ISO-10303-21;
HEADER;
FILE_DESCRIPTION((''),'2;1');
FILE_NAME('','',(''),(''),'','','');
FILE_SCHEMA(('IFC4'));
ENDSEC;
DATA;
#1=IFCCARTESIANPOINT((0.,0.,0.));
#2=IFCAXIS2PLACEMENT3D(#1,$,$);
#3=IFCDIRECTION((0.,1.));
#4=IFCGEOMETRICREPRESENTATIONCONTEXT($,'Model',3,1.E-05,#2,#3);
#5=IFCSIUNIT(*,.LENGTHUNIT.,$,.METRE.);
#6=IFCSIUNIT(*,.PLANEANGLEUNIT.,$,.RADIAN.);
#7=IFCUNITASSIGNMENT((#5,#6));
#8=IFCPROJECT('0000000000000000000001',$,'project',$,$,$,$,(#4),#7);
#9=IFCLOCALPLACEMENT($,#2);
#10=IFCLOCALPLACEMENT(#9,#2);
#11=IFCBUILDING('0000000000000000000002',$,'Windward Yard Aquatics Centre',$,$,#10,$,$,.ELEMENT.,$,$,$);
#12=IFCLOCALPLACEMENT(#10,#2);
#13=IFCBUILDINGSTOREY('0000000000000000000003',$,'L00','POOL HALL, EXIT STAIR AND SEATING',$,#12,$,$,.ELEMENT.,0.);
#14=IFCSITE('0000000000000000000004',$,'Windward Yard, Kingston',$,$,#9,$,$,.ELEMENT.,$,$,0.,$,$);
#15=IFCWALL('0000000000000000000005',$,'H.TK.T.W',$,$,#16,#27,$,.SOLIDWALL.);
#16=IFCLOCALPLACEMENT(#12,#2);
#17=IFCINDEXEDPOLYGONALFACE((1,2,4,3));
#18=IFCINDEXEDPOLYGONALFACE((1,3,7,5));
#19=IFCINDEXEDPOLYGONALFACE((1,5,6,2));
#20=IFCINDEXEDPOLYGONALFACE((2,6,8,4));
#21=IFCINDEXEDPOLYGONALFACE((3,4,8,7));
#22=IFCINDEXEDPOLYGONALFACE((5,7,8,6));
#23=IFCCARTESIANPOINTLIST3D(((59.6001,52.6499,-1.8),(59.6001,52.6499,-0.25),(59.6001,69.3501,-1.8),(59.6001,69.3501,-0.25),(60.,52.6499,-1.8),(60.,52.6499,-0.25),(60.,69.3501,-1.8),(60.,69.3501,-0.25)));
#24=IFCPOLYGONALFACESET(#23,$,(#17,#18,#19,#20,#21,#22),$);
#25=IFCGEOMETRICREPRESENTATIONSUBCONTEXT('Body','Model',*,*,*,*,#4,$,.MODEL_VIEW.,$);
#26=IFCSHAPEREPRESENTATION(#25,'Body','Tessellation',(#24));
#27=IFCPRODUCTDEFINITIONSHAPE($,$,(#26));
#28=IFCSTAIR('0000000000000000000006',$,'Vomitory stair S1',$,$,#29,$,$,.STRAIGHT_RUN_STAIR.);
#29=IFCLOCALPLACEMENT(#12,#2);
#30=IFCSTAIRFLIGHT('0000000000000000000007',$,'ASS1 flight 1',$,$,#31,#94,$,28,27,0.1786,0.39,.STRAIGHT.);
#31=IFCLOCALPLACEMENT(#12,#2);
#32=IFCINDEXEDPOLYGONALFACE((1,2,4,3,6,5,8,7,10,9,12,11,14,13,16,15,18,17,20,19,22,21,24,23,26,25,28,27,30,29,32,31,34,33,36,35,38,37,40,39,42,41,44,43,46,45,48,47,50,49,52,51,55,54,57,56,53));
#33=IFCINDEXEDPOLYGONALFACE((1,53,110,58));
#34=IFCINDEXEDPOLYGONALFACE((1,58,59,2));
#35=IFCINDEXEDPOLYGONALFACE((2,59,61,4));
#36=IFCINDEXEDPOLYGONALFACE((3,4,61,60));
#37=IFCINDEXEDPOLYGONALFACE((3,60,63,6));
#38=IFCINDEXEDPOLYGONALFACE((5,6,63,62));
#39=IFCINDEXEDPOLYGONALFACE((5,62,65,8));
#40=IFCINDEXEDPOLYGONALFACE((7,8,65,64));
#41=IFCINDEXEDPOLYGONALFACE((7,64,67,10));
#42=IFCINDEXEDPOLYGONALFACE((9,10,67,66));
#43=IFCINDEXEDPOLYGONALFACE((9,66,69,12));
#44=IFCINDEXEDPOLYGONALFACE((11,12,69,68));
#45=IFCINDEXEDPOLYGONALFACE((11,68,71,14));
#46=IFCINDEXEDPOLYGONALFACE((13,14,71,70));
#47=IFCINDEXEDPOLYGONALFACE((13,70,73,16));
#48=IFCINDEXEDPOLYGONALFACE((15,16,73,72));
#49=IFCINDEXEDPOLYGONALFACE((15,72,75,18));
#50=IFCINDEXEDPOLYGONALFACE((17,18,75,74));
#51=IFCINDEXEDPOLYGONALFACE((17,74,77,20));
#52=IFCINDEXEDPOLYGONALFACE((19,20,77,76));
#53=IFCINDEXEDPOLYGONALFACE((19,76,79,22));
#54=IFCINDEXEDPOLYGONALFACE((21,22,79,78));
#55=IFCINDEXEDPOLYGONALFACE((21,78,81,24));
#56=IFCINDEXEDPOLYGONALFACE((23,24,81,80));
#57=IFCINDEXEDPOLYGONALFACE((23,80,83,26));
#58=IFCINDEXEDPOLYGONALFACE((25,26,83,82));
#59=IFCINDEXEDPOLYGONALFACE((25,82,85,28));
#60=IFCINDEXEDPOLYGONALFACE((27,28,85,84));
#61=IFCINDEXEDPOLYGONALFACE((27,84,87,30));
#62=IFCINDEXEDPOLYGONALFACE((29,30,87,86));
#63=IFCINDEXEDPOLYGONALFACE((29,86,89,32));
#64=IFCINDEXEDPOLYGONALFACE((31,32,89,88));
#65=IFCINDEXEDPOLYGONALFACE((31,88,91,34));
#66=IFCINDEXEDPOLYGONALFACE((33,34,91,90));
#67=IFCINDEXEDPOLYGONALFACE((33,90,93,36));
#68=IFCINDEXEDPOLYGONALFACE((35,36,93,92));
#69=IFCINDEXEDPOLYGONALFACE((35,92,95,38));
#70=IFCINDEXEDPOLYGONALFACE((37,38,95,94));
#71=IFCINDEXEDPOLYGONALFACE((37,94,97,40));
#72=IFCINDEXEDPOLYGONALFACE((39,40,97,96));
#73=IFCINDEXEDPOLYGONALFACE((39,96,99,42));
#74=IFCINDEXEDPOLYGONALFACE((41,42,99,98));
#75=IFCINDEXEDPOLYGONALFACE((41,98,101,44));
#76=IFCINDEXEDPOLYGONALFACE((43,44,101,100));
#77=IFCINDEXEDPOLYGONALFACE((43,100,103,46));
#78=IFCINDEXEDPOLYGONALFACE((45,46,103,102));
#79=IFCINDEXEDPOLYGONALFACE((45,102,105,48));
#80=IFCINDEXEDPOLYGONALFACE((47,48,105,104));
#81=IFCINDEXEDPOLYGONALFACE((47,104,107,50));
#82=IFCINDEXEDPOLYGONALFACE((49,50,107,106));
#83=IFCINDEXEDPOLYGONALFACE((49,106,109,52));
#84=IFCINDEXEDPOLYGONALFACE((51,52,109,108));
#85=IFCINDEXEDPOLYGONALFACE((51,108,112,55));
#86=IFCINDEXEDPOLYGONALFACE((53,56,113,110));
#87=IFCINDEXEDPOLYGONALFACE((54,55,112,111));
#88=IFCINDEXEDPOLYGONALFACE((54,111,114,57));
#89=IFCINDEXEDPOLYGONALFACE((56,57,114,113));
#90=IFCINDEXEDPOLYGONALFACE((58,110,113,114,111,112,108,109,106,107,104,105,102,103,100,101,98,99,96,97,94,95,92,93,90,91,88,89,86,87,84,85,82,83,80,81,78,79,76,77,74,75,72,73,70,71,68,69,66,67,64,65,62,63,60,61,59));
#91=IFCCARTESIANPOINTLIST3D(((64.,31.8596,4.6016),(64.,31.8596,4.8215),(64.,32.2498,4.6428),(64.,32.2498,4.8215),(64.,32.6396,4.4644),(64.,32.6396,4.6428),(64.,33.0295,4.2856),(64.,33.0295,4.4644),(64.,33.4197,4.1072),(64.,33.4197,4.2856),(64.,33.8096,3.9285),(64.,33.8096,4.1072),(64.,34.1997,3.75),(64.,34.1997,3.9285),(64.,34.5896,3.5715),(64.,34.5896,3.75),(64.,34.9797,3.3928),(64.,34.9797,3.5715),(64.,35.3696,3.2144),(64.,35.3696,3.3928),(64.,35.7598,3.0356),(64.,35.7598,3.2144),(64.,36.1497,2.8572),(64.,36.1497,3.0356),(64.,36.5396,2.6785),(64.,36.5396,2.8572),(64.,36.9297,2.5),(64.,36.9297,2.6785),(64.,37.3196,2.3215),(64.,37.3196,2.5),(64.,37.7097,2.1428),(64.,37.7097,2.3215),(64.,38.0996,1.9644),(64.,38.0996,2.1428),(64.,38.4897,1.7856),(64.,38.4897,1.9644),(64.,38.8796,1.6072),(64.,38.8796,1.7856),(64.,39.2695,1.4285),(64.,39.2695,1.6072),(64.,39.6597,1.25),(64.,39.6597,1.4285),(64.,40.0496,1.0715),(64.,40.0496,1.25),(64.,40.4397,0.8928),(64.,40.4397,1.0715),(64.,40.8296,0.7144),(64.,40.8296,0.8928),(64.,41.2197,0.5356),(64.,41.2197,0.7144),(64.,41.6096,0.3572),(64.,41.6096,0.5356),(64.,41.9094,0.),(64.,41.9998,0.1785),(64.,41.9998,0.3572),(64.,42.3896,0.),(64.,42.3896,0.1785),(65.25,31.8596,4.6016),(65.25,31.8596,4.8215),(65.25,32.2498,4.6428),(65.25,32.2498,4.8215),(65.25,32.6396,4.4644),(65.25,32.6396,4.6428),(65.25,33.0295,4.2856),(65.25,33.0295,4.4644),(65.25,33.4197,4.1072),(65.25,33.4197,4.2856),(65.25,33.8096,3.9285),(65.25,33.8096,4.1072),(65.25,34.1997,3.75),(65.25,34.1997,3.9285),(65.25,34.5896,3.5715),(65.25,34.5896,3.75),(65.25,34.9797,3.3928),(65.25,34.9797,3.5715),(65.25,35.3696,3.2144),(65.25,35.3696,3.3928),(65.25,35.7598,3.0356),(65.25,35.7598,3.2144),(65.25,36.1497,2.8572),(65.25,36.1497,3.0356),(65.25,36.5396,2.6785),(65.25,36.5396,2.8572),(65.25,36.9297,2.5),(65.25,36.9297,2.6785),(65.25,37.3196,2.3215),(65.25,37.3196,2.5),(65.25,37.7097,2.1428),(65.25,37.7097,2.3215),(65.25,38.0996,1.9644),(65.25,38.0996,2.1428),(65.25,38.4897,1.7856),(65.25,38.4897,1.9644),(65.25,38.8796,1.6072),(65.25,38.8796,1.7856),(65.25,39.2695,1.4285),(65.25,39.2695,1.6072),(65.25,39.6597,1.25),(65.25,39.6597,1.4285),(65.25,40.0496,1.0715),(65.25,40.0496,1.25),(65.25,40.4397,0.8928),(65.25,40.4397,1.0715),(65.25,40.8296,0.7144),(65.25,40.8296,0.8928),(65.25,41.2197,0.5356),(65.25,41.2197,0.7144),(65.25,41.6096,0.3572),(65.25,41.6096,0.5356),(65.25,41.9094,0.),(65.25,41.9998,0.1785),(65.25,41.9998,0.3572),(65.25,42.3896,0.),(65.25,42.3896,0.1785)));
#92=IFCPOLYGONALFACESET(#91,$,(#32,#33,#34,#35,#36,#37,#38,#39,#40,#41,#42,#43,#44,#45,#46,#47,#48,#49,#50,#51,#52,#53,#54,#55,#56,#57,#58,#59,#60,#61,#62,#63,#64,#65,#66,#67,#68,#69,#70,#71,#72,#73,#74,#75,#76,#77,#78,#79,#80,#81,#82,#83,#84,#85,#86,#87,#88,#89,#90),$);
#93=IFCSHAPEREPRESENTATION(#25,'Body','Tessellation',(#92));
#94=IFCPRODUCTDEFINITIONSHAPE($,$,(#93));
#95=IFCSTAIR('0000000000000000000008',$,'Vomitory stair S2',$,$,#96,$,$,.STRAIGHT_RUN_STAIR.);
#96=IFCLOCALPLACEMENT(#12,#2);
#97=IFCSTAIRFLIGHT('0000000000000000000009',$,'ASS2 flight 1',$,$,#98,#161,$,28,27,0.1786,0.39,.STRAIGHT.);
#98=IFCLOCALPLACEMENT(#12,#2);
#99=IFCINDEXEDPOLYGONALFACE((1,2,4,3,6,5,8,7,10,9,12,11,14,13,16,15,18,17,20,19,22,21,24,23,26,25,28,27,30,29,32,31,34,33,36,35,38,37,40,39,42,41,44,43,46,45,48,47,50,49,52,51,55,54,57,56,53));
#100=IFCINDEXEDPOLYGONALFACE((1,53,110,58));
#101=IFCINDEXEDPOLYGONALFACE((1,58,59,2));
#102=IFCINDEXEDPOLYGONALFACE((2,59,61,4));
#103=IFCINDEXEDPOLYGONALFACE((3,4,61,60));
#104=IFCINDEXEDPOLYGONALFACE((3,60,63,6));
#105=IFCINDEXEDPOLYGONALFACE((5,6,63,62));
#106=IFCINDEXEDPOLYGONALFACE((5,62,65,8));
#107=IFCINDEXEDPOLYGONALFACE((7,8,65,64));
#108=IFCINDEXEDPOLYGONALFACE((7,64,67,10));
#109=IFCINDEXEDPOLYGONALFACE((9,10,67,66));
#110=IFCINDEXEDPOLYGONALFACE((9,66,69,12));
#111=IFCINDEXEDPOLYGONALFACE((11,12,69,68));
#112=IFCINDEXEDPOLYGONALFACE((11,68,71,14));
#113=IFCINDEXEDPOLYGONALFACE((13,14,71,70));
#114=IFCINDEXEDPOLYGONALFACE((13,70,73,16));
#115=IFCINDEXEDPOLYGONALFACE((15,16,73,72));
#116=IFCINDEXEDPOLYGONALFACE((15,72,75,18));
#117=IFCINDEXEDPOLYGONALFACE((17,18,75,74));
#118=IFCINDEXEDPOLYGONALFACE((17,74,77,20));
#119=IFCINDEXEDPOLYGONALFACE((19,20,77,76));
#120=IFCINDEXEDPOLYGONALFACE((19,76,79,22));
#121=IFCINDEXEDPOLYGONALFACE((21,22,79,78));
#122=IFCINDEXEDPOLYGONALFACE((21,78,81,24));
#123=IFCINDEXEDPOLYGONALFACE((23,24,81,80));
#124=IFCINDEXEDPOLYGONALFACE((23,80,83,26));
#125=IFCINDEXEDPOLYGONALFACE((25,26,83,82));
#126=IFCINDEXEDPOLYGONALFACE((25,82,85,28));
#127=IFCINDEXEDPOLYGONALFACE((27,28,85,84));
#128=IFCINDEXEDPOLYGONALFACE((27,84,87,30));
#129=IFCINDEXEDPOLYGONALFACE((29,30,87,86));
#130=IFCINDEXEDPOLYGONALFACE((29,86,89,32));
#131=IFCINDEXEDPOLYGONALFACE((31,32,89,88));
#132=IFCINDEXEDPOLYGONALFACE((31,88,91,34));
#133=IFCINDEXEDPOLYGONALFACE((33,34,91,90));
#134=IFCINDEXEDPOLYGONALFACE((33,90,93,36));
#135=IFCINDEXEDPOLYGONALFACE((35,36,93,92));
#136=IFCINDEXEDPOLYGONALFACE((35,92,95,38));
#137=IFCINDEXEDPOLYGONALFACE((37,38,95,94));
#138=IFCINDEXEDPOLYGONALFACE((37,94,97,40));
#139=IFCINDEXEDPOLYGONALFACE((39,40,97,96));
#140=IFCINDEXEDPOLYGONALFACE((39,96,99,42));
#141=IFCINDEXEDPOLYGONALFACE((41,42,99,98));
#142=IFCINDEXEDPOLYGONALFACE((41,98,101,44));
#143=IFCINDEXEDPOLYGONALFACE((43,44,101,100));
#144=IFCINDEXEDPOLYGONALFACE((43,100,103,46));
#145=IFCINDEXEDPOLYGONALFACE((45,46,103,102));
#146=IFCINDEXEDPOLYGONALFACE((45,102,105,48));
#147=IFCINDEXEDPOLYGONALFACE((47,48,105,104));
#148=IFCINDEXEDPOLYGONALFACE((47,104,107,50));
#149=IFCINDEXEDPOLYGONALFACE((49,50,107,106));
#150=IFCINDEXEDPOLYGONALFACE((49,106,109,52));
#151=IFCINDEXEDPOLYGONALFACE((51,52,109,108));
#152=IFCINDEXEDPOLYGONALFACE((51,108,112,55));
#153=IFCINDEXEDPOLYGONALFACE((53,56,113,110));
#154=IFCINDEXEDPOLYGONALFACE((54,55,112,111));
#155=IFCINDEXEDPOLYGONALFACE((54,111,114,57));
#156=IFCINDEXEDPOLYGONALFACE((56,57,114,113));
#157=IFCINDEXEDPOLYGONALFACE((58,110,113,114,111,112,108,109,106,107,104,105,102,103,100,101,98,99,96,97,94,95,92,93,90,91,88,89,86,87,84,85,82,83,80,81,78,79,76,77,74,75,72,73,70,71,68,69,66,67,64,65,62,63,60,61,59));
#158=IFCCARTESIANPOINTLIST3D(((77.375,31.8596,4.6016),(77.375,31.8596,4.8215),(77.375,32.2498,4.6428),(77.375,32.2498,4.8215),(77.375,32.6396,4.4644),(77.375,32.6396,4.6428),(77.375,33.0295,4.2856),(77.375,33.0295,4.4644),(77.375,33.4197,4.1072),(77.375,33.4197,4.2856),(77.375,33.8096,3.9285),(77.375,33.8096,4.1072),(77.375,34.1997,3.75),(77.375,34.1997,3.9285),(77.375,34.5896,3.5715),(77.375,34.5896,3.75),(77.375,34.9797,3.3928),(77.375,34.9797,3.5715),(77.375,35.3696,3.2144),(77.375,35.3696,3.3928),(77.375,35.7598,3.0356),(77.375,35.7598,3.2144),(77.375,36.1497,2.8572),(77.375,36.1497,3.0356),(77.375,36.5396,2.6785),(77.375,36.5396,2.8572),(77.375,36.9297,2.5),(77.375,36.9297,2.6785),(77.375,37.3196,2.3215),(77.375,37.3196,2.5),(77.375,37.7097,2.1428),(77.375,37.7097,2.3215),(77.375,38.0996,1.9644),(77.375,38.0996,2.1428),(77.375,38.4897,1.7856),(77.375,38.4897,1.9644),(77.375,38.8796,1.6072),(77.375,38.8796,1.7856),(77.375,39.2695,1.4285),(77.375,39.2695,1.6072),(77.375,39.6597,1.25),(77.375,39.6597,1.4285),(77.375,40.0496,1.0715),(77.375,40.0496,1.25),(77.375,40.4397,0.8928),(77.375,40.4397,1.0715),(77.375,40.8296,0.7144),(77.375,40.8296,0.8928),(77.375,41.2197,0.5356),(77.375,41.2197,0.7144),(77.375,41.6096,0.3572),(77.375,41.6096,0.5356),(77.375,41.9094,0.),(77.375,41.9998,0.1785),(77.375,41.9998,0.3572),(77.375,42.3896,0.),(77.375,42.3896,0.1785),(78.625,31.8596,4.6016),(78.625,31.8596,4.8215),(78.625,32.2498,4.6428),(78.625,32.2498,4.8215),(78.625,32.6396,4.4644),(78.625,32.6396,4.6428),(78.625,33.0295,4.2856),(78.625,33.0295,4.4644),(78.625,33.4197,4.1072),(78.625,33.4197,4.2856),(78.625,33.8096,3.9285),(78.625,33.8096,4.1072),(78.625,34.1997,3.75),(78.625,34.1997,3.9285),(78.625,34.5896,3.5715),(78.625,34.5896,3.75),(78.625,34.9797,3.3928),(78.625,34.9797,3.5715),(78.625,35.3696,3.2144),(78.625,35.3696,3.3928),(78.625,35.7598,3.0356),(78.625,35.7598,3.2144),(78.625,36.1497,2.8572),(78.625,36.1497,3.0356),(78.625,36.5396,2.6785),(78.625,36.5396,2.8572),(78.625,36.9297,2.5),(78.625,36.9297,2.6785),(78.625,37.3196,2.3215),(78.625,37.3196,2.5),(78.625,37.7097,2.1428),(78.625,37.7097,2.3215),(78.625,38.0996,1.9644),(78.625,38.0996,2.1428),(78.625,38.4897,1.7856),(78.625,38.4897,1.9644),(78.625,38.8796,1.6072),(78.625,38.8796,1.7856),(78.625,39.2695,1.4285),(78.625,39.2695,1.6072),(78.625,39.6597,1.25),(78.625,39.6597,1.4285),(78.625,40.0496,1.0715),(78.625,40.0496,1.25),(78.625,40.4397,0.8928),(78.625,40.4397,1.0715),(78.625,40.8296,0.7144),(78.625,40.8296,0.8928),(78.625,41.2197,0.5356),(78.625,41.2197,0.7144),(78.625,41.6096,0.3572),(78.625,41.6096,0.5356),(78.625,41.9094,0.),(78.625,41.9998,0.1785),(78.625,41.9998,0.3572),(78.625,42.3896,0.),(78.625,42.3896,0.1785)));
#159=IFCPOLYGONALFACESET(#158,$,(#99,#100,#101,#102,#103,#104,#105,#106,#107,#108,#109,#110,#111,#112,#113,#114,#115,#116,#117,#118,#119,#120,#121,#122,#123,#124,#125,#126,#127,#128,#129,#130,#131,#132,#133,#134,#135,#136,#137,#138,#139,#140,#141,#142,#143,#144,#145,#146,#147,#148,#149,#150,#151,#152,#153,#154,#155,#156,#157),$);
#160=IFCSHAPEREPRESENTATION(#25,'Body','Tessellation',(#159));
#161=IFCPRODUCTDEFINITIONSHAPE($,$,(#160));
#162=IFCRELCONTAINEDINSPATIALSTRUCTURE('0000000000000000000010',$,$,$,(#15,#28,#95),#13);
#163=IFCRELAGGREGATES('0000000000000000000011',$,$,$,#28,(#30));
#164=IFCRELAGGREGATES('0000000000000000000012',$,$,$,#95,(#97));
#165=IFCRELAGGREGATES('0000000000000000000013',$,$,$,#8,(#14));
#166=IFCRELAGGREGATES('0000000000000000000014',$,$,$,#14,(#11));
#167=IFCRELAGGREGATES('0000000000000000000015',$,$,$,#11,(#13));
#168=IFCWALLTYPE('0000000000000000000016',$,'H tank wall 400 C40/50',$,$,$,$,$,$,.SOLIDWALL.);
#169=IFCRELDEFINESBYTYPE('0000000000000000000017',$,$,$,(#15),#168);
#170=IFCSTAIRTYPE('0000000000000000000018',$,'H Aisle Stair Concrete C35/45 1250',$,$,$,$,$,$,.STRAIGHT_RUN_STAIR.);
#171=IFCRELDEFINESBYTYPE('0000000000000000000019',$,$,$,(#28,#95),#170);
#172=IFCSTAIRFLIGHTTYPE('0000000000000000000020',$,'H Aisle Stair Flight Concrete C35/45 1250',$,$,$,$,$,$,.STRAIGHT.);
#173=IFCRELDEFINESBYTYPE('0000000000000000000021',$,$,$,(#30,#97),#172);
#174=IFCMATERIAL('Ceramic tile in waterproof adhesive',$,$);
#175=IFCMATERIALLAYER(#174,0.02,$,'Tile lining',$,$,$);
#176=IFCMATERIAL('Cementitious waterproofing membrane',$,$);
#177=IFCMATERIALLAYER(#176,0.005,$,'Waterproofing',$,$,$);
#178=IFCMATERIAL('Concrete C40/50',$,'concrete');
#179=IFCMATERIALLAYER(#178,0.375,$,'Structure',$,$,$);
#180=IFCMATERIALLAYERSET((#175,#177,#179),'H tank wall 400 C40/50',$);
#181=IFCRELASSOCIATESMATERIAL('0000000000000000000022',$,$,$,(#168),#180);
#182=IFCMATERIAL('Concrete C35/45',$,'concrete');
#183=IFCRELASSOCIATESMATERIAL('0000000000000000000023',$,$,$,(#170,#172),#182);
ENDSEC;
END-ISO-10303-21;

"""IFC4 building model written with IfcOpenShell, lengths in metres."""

from ifc_helpers import new_model, si_unit, direction, frame, frame_2d, origin, place, context, subcontext, project, spatial, polyline, rectangle, outline, extrude, material, layer, layer_set, type_object, element, aggregate, save


model = new_model("IFC4")

# Units and contexts
model_context = context("Model", 3, precision=1e-05, world=origin(), true_north=direction((0.0, 1.0)))
body_context = subcontext(model_context, "Body", "Model", "MODEL_VIEW")
ifc_project = project(units=[si_unit("LENGTHUNIT", "METRE"), si_unit("PLANEANGLEUNIT", "RADIAN")], contexts=[model_context])

# Site, building, storey
site_placement = place(None, origin())
site = spatial("IfcSite", under=ifc_project, at=site_placement, Name="Windward Yard, Kingston", CompositionType="ELEMENT", RefElevation=0.0)
building_placement = place(site_placement, origin())
building = spatial("IfcBuilding", under=site, at=building_placement, Name="Windward Yard Aquatics Centre", CompositionType="ELEMENT")
storey_placement = place(building_placement, origin())
storey = spatial("IfcBuildingStorey", under=building, at=storey_placement, Name="L00", Description="POOL HALL, EXIT STAIR AND SEATING", CompositionType="ELEMENT", Elevation=0.0)

# Shared definitions
ifc_material_1 = material(Name="Concrete C35/45", Category="concrete")

# Wall
ifc_material_2 = material(Name="Ceramic tile in waterproof adhesive")
ifc_layer_1 = layer(ifc_material_2, 0.02, Name="Tile lining")
ifc_material_3 = material(Name="Cementitious waterproofing membrane")
ifc_layer_2 = layer(ifc_material_3, 0.005, Name="Waterproofing")
ifc_material_4 = material(Name="Concrete C40/50", Category="concrete")
ifc_layer_3 = layer(ifc_material_4, 0.375, Name="Structure")
ifc_layer_set = layer_set([ifc_layer_1, ifc_layer_2, ifc_layer_3], Name="H tank wall 400 C40/50")
wall_type = type_object("IfcWallType", Name="H tank wall 400 C40/50", PredefinedType="SOLIDWALL", material=ifc_layer_set)
wall_1_placement = place(storey_placement, frame((59.8, 52.6499, -1.8), z_axis=(0.0, 0.0, 1.0), x_axis=(0.0, 1.0, 0.0)))
element("IfcWall", 1, at=wall_1_placement, inside=storey, type_object=wall_type, Name="H.TK.T.W", PredefinedType="SOLIDWALL", context=body_context, shape_type="SweptSolid", body=[
    extrude(rectangle(XDim=16.7002, YDim=0.3999, at=frame_2d((8.3501, 0.0))), origin(), (0.0, 0.0, 1.0), 1.55),
])

# Stairs, stair flights
stair_type = type_object("IfcStairType", Name="H Aisle Stair Concrete C35/45 1250", PredefinedType="STRAIGHT_RUN_STAIR", material=ifc_material_1)
stair_1_placement = place(storey_placement, origin())
stair_1 = element("IfcStair", 2, at=stair_1_placement, inside=storey, type_object=stair_type, Name="Vomitory stair S1", PredefinedType="STRAIGHT_RUN_STAIR")
stair_flight_type = type_object("IfcStairFlightType", Name="H Aisle Stair Flight Concrete C35/45 1250", PredefinedType="STRAIGHT", material=ifc_material_1)
stair_flight_1_placement = place(storey_placement, frame((64.625, 42.3896, 0.0), z_axis=(0.0, 0.0, 1.0), x_axis=(0.0, -1.0, 0.0)))
stair_flight_1 = element("IfcStairFlight", 3, at=stair_flight_1_placement, type_object=stair_flight_type, Name="ASS1 flight 1", NumberOfRisers=28, NumberOfTreads=27, PredefinedType="STRAIGHT", RiserHeight=0.1786, TreadLength=0.39, context=body_context, shape_type="SweptSolid", body=[
    extrude(outline(polyline([(0.0, 0.0), (0.0, 0.1785), (0.3899, 0.1785), (0.3899, 0.3572), (0.78, 0.3572), (0.78, 0.5356), (1.1699, 0.5356), (1.1699, 0.7144), (1.5601, 0.7144), (1.5601, 0.8928), (1.95, 0.8928), (1.95, 1.0715), (2.3401, 1.0715), (2.3401, 1.25), (2.73, 1.25), (2.73, 1.4285), (3.1201, 1.4285), (3.1201, 1.6072), (3.51, 1.6072), (3.51, 1.7856), (3.8999, 1.7856), (3.8999, 1.9644), (4.29, 1.9644), (4.29, 2.1428), (4.6799, 2.1428), (4.6799, 2.3215), (5.0701, 2.3215), (5.0701, 2.5), (5.46, 2.5), (5.46, 2.6785), (5.8501, 2.6785), (5.8501, 2.8572), (6.24, 2.8572), (6.24, 3.0356), (6.6299, 3.0356), (6.6299, 3.2144), (7.02, 3.2144), (7.02, 3.3928), (7.4099, 3.3928), (7.4099, 3.5715), (7.8, 3.5715), (7.8, 3.75), (8.1899, 3.75), (8.1899, 3.9285), (8.5801, 3.9285), (8.5801, 4.1072), (8.97, 4.1072), (8.97, 4.2856), (9.3601, 4.2856), (9.3601, 4.4644), (9.75, 4.4644), (9.75, 4.6428), (10.1399, 4.6428), (10.1399, 4.8215), (10.53, 4.8215), (10.53, 5.0), (10.53, 4.6016), (0.4802, 0.0), (0.0, 0.0)])), frame((0.0, 0.625, 0.0), z_axis=(0.0, -1.0, 0.0), x_axis=(1.0, 0.0, 0.0)), (0.0, 0.0, 1.0), 1.25),
])
aggregate(stair_1, [stair_flight_1])
stair_2_placement = place(storey_placement, origin())
stair_2 = element("IfcStair", 4, at=stair_2_placement, inside=storey, type_object=stair_type, Name="Vomitory stair S2", PredefinedType="STRAIGHT_RUN_STAIR")
stair_flight_2_placement = place(storey_placement, frame((78.0, 42.3896, 0.0), z_axis=(0.0, 0.0, 1.0), x_axis=(0.0, -1.0, 0.0)))
stair_flight_2 = element("IfcStairFlight", 5, at=stair_flight_2_placement, type_object=stair_flight_type, Name="ASS2 flight 1", NumberOfRisers=28, NumberOfTreads=27, PredefinedType="STRAIGHT", RiserHeight=0.1786, TreadLength=0.39, context=body_context, shape_type="SweptSolid", body=[
    extrude(outline(polyline([(0.0, 0.0), (0.0, 0.1785), (0.3899, 0.1785), (0.3899, 0.3572), (0.78, 0.3572), (0.78, 0.5356), (1.1699, 0.5356), (1.1699, 0.7144), (1.5601, 0.7144), (1.5601, 0.8928), (1.95, 0.8928), (1.95, 1.0715), (2.3401, 1.0715), (2.3401, 1.25), (2.73, 1.25), (2.73, 1.4285), (3.1201, 1.4285), (3.1201, 1.6072), (3.51, 1.6072), (3.51, 1.7856), (3.8999, 1.7856), (3.8999, 1.9644), (4.29, 1.9644), (4.29, 2.1428), (4.6799, 2.1428), (4.6799, 2.3215), (5.0701, 2.3215), (5.0701, 2.5), (5.46, 2.5), (5.46, 2.6785), (5.8501, 2.6785), (5.8501, 2.8572), (6.24, 2.8572), (6.24, 3.0356), (6.6299, 3.0356), (6.6299, 3.2144), (7.02, 3.2144), (7.02, 3.3928), (7.4099, 3.3928), (7.4099, 3.5715), (7.8, 3.5715), (7.8, 3.75), (8.1899, 3.75), (8.1899, 3.9285), (8.5801, 3.9285), (8.5801, 4.1072), (8.97, 4.1072), (8.97, 4.2856), (9.3601, 4.2856), (9.3601, 4.4644), (9.75, 4.4644), (9.75, 4.6428), (10.1399, 4.6428), (10.1399, 4.8215), (10.53, 4.8215), (10.53, 5.0), (10.53, 4.6016), (0.4802, 0.0), (0.0, 0.0)])), frame((0.0, 0.625, 0.0), z_axis=(0.0, -1.0, 0.0), x_axis=(1.0, 0.0, 0.0)), (0.0, 0.0, 1.0), 1.25),
])
aggregate(stair_2, [stair_flight_2])

save(model, "model.ifc")
